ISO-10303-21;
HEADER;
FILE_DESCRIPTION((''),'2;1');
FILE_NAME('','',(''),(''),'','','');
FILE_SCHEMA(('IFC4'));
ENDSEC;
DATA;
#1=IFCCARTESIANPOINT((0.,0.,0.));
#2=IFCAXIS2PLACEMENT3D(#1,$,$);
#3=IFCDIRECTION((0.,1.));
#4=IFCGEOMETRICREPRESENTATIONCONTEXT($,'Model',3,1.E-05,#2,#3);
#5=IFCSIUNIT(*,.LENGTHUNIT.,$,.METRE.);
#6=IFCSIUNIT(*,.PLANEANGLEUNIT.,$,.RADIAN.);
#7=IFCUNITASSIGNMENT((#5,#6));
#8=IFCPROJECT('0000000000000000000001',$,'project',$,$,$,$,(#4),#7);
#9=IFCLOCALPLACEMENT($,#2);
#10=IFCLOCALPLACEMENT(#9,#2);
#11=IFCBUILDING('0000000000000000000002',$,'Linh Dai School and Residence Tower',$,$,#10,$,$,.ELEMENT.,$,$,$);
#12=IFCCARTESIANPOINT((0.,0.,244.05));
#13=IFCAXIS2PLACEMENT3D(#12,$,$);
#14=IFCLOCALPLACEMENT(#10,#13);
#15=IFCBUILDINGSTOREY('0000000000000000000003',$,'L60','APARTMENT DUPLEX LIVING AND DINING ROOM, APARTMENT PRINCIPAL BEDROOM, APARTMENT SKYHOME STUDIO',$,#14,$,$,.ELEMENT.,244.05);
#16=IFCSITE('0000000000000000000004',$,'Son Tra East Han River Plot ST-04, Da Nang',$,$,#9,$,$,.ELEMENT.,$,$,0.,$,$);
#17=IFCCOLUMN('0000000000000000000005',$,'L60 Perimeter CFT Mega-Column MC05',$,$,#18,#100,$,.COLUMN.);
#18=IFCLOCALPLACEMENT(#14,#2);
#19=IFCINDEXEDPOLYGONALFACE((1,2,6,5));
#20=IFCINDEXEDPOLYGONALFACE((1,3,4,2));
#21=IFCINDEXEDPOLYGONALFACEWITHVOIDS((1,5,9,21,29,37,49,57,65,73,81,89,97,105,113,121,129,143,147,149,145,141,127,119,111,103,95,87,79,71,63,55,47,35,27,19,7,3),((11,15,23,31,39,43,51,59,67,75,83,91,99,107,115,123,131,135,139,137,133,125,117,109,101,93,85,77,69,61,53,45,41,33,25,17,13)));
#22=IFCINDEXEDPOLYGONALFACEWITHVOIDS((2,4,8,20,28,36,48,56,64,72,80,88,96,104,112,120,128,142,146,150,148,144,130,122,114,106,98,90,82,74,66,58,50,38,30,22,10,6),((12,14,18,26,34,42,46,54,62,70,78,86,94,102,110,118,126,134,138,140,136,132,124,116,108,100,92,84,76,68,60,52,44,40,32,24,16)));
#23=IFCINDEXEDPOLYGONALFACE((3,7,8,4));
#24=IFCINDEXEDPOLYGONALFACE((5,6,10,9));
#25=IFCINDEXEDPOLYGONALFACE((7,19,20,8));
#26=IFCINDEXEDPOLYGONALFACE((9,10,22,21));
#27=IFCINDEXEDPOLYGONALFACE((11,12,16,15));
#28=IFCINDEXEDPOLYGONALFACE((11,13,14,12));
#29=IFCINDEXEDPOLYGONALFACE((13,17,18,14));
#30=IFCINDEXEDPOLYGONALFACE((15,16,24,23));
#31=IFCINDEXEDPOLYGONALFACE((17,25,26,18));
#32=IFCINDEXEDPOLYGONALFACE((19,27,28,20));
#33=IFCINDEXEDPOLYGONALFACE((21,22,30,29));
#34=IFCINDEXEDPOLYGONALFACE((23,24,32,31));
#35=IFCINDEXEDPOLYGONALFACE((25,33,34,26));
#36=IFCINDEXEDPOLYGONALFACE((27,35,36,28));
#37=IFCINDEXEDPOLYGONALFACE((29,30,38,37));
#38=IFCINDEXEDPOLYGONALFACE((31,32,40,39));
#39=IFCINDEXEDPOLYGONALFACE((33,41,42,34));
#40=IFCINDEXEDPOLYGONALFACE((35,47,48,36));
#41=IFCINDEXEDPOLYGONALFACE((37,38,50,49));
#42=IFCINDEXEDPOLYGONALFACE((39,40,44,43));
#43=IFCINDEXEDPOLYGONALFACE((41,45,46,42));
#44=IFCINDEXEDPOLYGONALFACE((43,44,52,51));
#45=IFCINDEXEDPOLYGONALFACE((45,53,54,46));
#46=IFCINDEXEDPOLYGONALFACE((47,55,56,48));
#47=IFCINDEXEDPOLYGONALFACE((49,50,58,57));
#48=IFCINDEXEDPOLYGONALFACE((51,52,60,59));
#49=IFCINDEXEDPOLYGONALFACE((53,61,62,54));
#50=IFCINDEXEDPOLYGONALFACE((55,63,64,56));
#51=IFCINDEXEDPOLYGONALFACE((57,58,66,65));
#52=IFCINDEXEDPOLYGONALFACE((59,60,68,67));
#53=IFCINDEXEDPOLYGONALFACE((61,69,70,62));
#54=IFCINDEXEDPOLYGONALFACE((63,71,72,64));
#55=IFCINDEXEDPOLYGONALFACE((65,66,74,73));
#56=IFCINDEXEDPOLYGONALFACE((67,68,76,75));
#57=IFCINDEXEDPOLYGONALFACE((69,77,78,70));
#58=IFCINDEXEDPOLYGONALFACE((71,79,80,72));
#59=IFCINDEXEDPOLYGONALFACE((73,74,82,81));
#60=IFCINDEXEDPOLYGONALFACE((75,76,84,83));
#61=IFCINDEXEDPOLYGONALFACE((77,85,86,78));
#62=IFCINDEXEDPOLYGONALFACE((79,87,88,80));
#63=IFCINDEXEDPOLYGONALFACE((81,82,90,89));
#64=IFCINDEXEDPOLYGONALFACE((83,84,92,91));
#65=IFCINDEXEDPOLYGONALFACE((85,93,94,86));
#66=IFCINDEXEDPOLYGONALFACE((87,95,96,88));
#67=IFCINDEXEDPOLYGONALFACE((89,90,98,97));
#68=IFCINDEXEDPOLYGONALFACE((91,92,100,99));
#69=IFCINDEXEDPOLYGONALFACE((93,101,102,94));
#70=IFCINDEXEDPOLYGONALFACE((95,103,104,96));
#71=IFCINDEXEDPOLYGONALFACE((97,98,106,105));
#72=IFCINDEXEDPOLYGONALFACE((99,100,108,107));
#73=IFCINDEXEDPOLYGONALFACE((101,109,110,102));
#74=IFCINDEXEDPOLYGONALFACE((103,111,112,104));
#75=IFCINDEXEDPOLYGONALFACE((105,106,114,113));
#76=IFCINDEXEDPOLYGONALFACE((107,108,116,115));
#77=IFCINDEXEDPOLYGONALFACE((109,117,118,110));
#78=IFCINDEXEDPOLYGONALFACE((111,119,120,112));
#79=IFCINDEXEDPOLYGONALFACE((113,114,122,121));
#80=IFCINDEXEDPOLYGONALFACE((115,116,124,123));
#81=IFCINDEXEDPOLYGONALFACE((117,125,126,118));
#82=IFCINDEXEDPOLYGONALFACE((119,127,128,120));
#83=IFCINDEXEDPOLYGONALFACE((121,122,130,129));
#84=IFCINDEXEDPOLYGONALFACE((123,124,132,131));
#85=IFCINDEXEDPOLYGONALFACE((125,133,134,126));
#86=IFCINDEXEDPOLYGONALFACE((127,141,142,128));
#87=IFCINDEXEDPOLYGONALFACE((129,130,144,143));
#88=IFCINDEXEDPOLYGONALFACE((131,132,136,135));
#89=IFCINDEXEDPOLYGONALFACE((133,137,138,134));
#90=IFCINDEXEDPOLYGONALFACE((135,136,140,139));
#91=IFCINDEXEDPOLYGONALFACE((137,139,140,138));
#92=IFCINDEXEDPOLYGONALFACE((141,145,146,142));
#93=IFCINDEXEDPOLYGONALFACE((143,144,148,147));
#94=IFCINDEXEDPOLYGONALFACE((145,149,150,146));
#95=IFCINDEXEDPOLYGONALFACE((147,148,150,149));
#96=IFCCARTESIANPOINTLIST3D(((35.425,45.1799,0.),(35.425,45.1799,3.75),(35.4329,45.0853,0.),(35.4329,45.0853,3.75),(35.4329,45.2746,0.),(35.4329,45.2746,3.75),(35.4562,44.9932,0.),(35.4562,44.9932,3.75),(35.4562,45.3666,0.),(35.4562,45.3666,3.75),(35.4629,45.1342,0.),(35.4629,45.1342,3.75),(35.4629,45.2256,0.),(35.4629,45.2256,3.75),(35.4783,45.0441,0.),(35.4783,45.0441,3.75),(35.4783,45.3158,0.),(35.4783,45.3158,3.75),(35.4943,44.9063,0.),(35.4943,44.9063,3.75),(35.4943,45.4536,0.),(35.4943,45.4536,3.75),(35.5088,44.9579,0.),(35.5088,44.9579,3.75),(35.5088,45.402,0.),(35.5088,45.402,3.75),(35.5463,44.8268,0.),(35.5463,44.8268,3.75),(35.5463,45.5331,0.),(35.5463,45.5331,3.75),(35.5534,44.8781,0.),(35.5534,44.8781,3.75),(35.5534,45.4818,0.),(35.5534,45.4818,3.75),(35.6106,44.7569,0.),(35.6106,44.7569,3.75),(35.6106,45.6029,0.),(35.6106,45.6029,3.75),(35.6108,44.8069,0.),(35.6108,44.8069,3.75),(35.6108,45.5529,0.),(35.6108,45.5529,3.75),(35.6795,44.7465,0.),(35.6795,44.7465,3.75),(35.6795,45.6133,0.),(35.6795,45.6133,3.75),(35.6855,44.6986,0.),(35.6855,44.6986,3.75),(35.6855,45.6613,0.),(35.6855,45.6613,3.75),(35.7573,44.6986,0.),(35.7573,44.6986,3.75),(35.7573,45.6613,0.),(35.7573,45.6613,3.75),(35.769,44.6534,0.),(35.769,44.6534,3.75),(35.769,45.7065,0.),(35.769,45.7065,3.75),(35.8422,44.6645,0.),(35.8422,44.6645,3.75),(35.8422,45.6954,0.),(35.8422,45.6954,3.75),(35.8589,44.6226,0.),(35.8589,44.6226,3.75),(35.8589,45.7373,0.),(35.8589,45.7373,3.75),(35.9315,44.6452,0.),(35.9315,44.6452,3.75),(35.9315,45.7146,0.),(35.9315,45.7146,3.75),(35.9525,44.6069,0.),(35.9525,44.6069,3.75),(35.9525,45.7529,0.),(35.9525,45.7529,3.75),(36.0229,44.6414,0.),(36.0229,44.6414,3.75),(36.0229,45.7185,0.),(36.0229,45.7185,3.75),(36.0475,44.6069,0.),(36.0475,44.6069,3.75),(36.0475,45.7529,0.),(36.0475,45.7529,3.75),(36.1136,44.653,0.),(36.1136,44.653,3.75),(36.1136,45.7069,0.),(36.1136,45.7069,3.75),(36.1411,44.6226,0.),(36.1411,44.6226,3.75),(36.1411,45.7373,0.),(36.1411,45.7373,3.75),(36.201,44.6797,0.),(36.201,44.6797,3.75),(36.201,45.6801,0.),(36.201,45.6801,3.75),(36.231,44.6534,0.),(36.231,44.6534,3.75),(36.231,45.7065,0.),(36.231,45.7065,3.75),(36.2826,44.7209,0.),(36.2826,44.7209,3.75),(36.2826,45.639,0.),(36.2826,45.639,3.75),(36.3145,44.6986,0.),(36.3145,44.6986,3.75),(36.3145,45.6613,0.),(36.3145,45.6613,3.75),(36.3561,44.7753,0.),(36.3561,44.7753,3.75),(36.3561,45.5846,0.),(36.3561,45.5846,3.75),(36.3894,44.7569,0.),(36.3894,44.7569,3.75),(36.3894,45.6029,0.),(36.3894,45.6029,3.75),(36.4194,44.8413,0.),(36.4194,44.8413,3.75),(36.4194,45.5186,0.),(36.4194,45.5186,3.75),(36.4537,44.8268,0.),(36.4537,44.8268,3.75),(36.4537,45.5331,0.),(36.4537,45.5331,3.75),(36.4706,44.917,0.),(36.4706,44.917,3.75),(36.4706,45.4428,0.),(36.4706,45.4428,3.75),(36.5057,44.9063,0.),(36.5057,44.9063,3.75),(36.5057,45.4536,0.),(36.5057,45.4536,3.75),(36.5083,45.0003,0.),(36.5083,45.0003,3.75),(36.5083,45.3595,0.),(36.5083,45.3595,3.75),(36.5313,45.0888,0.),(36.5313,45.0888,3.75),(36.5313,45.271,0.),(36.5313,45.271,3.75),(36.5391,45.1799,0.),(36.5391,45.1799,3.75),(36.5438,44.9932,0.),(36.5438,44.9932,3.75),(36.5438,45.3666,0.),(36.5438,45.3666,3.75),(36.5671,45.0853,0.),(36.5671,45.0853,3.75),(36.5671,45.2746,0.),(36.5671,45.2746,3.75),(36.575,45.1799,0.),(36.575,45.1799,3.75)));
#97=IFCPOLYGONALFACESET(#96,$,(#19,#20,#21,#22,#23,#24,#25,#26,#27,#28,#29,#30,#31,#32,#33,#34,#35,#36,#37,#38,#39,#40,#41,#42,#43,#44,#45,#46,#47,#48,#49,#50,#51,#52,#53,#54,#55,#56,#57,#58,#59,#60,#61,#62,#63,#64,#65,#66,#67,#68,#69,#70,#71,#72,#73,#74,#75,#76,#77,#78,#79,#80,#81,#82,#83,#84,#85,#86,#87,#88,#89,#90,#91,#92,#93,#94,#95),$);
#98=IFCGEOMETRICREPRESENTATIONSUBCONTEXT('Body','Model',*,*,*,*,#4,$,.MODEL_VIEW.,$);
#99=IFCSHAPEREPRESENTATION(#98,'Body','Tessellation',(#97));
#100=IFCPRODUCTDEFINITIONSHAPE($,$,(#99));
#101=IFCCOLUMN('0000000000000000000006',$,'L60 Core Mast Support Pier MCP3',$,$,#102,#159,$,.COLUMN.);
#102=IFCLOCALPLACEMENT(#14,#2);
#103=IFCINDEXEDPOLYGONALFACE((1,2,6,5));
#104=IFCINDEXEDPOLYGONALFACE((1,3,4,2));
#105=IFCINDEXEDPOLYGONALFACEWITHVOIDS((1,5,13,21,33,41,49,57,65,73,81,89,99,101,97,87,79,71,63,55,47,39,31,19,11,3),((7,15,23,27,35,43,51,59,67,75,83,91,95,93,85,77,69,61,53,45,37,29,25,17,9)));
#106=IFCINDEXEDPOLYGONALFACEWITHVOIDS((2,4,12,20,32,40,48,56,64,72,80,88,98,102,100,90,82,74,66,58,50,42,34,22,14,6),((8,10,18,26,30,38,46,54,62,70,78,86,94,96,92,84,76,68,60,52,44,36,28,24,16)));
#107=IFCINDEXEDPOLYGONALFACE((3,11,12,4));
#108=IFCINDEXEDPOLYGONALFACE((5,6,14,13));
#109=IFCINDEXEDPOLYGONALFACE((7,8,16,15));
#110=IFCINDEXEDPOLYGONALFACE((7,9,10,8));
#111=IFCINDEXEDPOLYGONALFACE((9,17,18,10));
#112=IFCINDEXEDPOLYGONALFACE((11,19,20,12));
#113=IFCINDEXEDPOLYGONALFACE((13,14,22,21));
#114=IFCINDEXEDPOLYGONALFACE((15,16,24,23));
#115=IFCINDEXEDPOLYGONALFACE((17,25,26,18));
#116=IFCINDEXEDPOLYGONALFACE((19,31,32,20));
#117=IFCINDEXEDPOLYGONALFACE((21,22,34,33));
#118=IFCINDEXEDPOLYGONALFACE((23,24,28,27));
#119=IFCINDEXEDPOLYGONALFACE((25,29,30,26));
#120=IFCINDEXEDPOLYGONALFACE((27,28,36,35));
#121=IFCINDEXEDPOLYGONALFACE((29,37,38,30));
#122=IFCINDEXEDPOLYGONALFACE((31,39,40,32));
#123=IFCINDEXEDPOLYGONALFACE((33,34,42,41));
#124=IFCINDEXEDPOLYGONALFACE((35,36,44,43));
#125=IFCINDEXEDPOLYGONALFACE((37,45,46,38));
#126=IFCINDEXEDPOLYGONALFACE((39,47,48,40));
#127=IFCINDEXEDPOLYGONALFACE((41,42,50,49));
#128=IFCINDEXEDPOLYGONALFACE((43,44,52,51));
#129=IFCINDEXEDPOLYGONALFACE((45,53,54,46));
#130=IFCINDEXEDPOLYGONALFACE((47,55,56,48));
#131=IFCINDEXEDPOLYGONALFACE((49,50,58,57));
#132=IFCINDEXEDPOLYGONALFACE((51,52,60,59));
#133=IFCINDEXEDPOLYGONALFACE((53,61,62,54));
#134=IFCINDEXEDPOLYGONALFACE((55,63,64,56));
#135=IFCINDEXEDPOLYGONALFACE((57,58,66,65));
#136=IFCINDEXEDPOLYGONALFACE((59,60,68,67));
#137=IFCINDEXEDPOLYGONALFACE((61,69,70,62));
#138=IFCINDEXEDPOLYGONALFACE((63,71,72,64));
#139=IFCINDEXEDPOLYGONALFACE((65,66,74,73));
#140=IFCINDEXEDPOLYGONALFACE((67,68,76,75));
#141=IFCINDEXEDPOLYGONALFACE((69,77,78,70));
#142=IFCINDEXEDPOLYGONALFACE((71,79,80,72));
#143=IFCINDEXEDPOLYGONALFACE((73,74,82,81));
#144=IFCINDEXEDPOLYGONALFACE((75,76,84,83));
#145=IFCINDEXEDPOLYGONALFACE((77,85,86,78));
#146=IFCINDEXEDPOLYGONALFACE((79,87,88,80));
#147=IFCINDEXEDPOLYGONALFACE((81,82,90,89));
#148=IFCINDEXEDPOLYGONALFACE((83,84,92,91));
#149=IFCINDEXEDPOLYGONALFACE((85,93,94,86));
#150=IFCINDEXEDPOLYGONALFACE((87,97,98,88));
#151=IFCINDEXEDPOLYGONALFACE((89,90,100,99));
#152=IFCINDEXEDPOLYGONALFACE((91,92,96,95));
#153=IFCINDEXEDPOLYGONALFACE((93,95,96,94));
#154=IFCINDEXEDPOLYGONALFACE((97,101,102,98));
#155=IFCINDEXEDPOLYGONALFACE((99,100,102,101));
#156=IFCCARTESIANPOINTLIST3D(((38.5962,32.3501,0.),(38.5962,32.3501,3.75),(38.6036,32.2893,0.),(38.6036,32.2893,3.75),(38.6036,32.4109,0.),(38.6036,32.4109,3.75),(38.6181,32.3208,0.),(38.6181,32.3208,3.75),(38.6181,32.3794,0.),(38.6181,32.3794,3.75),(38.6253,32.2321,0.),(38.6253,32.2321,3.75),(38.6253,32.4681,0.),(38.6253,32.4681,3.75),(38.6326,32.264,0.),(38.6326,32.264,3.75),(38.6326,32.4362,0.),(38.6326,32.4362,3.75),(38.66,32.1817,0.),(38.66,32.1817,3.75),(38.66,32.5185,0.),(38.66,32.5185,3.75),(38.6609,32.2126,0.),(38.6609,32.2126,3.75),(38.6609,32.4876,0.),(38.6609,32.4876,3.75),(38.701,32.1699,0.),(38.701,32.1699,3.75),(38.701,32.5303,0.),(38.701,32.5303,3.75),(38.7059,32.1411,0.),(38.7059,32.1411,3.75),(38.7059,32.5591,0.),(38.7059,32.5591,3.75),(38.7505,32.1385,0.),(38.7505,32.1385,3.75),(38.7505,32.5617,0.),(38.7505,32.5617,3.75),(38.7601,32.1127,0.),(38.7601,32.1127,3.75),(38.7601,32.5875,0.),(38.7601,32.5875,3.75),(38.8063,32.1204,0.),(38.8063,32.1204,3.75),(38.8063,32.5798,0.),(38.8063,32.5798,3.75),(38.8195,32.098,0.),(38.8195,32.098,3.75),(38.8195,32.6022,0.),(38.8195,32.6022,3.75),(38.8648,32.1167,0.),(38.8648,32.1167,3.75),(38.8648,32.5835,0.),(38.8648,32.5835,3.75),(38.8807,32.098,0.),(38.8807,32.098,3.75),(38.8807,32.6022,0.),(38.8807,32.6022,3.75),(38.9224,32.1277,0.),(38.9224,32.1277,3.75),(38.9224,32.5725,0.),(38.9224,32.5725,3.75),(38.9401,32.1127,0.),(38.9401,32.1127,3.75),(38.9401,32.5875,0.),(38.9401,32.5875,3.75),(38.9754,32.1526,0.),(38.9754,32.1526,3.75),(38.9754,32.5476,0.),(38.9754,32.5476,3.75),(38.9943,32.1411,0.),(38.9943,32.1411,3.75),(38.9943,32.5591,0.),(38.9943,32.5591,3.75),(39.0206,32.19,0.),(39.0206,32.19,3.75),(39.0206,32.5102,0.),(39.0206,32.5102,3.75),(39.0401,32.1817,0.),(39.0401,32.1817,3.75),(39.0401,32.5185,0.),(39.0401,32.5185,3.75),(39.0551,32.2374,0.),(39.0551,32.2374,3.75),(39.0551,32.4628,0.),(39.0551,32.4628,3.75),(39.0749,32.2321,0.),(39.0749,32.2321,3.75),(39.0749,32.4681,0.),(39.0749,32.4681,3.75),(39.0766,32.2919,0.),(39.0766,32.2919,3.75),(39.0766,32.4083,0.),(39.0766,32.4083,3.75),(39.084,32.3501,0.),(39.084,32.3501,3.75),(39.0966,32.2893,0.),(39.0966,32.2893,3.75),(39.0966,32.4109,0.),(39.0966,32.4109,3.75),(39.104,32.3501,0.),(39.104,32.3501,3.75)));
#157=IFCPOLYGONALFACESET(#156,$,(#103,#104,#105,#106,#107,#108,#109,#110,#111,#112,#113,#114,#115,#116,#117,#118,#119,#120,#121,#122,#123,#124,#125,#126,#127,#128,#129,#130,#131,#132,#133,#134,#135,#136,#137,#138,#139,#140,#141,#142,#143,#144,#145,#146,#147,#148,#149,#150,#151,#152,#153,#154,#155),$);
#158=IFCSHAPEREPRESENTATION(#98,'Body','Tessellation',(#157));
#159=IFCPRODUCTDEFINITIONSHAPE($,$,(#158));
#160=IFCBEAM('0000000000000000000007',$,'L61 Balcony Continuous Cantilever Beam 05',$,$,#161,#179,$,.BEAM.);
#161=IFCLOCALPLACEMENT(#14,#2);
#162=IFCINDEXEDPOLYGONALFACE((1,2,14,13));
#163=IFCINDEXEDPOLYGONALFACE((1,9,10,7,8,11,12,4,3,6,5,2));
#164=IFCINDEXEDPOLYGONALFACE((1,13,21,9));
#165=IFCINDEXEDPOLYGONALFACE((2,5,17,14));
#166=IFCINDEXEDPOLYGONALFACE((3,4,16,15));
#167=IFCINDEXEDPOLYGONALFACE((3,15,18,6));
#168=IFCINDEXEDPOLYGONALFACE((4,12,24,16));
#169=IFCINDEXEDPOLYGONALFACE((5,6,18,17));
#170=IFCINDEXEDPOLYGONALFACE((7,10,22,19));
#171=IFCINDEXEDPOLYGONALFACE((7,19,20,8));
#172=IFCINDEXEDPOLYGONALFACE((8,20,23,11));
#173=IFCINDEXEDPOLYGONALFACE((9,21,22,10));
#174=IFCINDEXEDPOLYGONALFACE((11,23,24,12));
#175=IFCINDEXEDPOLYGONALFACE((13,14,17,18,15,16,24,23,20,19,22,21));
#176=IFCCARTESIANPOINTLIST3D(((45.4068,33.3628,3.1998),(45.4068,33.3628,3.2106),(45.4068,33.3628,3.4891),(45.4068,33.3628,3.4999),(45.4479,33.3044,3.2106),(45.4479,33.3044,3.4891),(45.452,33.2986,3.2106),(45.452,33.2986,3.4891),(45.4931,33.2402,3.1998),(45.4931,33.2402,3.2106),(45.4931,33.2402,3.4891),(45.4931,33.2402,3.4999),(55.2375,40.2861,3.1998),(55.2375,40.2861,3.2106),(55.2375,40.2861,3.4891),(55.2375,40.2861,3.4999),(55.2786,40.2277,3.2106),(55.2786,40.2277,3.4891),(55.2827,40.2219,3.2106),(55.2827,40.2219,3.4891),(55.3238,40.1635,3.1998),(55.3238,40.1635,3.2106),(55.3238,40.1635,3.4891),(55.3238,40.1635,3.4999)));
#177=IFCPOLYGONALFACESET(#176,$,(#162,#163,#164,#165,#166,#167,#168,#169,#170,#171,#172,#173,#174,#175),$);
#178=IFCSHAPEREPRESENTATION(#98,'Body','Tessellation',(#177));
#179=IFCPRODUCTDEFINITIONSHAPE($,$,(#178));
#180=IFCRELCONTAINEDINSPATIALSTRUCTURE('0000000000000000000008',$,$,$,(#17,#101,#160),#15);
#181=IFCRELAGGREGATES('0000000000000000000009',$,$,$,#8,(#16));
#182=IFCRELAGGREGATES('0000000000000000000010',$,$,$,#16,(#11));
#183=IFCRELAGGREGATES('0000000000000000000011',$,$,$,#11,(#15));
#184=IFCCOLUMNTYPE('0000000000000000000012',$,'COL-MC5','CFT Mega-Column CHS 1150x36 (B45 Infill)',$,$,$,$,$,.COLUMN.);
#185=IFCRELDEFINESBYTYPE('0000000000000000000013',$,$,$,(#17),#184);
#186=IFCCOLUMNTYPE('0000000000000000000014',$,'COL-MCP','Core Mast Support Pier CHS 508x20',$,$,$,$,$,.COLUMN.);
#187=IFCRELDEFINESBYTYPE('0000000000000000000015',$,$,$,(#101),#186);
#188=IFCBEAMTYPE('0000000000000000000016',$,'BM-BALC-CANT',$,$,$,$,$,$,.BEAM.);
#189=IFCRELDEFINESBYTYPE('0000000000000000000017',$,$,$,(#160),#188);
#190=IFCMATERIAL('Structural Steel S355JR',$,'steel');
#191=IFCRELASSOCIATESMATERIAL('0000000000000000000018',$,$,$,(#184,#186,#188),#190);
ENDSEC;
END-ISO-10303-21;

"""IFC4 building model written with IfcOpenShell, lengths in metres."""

from ifc_helpers import new_model, si_unit, direction, frame, origin, origin_2d, place, context, subcontext, project, spatial, hollow_circle, i_section, extrude, material, material_profile, profile_set, type_object, element, save


model = new_model("IFC4")

# Units and contexts
model_context = context("Model", 3, precision=1e-05, world=origin(), true_north=direction((0.0, 1.0)))
body_context = subcontext(model_context, "Body", "Model", "MODEL_VIEW")
ifc_project = project(units=[si_unit("LENGTHUNIT", "METRE"), si_unit("PLANEANGLEUNIT", "RADIAN")], contexts=[model_context])

# Site, building, storey
site_placement = place(None, origin())
site = spatial("IfcSite", under=ifc_project, at=site_placement, Name="Son Tra East Han River Plot ST-04, Da Nang", CompositionType="ELEMENT", RefElevation=0.0)
building_placement = place(site_placement, origin())
building = spatial("IfcBuilding", under=site, at=building_placement, Name="Linh Dai School and Residence Tower", CompositionType="ELEMENT")
storey_placement = place(building_placement, frame((0.0, 0.0, 244.05)))
storey = spatial("IfcBuildingStorey", under=building, at=storey_placement, Name="L60", Description="APARTMENT DUPLEX LIVING AND DINING ROOM, APARTMENT PRINCIPAL BEDROOM, APARTMENT SKYHOME STUDIO", CompositionType="ELEMENT", Elevation=244.05)

# Columns
ifc_material_1 = material(Name="Structural Steel S355JR", Category="steel")
ifc_material_profile_1 = material_profile(ifc_material_1, hollow_circle(Radius=0.575, WallThickness=0.0359, at=origin_2d()), Name="CHS 1150x36")
ifc_profile_set_1 = profile_set([ifc_material_profile_1], Name="Structural Steel S355JR")
column_type_1 = type_object("IfcColumnType", Name="COL-MC5", Description="CFT Mega-Column CHS 1150x36 (B45 Infill)", PredefinedType="COLUMN", material=ifc_profile_set_1)
column_1_placement = place(storey_placement, frame((36.0, 45.1799, 0.0), z_axis=(0.0, 0.0, 1.0), x_axis=(1.0, 0.0, 0.0)))
element("IfcColumn", 1, at=column_1_placement, inside=storey, type_object=column_type_1, Name="L60 Perimeter CFT Mega-Column MC05", PredefinedType="COLUMN", context=body_context, shape_type="SweptSolid", body=[
    extrude(hollow_circle(Radius=0.575, WallThickness=0.0359, at=origin_2d()), origin(), (0.0, 0.0, 1.0), 3.75),
])
ifc_material_profile_2 = material_profile(ifc_material_1, hollow_circle(Radius=0.2539, WallThickness=0.02, at=origin_2d()), Name="CHS 508x20")
ifc_profile_set_2 = profile_set([ifc_material_profile_2], Name="Structural Steel S355JR")
column_type_2 = type_object("IfcColumnType", Name="COL-MCP", Description="Core Mast Support Pier CHS 508x20", PredefinedType="COLUMN", material=ifc_profile_set_2)
column_2_placement = place(storey_placement, frame((38.8501, 32.3501, 0.0), z_axis=(0.0, 0.0, 1.0), x_axis=(1.0, 0.0, 0.0)))
element("IfcColumn", 2, at=column_2_placement, inside=storey, type_object=column_type_2, Name="L60 Core Mast Support Pier MCP3", PredefinedType="COLUMN", context=body_context, shape_type="SweptSolid", body=[
    extrude(hollow_circle(Radius=0.2539, WallThickness=0.02, at=origin_2d()), origin(), (0.0, 0.0, 1.0), 3.75),
])

# Beam
ifc_material_profile_3 = material_profile(ifc_material_1, i_section(OverallWidth=0.1499, OverallDepth=0.3, WebThickness=0.0071, FlangeThickness=0.0107, at=origin_2d()), Name="IPE 300")
ifc_profile_set_3 = profile_set([ifc_material_profile_3], Name="Structural Steel S355JR")
beam_type_1 = type_object("IfcBeamType", Name="BM-BALC-CANT", PredefinedType="BEAM", material=ifc_profile_set_3)
beam_1_placement = place(storey_placement, frame((45.45, 33.3015, 3.3499), z_axis=(0.817596, 0.575792, 0.0), x_axis=(-0.575792, 0.817596, 0.0)))
element("IfcBeam", 3, at=beam_1_placement, inside=storey, type_object=beam_type_1, Name="L61 Balcony Continuous Cantilever Beam 05", PredefinedType="BEAM", context=body_context, shape_type="SweptSolid", body=[
    extrude(i_section(OverallWidth=0.1499, OverallDepth=0.3, WebThickness=0.0071, FlangeThickness=0.0107, at=origin_2d()), origin(), (0.0, 0.0, 1.0), 12.0239),
])

save(model, "model.ifc")
